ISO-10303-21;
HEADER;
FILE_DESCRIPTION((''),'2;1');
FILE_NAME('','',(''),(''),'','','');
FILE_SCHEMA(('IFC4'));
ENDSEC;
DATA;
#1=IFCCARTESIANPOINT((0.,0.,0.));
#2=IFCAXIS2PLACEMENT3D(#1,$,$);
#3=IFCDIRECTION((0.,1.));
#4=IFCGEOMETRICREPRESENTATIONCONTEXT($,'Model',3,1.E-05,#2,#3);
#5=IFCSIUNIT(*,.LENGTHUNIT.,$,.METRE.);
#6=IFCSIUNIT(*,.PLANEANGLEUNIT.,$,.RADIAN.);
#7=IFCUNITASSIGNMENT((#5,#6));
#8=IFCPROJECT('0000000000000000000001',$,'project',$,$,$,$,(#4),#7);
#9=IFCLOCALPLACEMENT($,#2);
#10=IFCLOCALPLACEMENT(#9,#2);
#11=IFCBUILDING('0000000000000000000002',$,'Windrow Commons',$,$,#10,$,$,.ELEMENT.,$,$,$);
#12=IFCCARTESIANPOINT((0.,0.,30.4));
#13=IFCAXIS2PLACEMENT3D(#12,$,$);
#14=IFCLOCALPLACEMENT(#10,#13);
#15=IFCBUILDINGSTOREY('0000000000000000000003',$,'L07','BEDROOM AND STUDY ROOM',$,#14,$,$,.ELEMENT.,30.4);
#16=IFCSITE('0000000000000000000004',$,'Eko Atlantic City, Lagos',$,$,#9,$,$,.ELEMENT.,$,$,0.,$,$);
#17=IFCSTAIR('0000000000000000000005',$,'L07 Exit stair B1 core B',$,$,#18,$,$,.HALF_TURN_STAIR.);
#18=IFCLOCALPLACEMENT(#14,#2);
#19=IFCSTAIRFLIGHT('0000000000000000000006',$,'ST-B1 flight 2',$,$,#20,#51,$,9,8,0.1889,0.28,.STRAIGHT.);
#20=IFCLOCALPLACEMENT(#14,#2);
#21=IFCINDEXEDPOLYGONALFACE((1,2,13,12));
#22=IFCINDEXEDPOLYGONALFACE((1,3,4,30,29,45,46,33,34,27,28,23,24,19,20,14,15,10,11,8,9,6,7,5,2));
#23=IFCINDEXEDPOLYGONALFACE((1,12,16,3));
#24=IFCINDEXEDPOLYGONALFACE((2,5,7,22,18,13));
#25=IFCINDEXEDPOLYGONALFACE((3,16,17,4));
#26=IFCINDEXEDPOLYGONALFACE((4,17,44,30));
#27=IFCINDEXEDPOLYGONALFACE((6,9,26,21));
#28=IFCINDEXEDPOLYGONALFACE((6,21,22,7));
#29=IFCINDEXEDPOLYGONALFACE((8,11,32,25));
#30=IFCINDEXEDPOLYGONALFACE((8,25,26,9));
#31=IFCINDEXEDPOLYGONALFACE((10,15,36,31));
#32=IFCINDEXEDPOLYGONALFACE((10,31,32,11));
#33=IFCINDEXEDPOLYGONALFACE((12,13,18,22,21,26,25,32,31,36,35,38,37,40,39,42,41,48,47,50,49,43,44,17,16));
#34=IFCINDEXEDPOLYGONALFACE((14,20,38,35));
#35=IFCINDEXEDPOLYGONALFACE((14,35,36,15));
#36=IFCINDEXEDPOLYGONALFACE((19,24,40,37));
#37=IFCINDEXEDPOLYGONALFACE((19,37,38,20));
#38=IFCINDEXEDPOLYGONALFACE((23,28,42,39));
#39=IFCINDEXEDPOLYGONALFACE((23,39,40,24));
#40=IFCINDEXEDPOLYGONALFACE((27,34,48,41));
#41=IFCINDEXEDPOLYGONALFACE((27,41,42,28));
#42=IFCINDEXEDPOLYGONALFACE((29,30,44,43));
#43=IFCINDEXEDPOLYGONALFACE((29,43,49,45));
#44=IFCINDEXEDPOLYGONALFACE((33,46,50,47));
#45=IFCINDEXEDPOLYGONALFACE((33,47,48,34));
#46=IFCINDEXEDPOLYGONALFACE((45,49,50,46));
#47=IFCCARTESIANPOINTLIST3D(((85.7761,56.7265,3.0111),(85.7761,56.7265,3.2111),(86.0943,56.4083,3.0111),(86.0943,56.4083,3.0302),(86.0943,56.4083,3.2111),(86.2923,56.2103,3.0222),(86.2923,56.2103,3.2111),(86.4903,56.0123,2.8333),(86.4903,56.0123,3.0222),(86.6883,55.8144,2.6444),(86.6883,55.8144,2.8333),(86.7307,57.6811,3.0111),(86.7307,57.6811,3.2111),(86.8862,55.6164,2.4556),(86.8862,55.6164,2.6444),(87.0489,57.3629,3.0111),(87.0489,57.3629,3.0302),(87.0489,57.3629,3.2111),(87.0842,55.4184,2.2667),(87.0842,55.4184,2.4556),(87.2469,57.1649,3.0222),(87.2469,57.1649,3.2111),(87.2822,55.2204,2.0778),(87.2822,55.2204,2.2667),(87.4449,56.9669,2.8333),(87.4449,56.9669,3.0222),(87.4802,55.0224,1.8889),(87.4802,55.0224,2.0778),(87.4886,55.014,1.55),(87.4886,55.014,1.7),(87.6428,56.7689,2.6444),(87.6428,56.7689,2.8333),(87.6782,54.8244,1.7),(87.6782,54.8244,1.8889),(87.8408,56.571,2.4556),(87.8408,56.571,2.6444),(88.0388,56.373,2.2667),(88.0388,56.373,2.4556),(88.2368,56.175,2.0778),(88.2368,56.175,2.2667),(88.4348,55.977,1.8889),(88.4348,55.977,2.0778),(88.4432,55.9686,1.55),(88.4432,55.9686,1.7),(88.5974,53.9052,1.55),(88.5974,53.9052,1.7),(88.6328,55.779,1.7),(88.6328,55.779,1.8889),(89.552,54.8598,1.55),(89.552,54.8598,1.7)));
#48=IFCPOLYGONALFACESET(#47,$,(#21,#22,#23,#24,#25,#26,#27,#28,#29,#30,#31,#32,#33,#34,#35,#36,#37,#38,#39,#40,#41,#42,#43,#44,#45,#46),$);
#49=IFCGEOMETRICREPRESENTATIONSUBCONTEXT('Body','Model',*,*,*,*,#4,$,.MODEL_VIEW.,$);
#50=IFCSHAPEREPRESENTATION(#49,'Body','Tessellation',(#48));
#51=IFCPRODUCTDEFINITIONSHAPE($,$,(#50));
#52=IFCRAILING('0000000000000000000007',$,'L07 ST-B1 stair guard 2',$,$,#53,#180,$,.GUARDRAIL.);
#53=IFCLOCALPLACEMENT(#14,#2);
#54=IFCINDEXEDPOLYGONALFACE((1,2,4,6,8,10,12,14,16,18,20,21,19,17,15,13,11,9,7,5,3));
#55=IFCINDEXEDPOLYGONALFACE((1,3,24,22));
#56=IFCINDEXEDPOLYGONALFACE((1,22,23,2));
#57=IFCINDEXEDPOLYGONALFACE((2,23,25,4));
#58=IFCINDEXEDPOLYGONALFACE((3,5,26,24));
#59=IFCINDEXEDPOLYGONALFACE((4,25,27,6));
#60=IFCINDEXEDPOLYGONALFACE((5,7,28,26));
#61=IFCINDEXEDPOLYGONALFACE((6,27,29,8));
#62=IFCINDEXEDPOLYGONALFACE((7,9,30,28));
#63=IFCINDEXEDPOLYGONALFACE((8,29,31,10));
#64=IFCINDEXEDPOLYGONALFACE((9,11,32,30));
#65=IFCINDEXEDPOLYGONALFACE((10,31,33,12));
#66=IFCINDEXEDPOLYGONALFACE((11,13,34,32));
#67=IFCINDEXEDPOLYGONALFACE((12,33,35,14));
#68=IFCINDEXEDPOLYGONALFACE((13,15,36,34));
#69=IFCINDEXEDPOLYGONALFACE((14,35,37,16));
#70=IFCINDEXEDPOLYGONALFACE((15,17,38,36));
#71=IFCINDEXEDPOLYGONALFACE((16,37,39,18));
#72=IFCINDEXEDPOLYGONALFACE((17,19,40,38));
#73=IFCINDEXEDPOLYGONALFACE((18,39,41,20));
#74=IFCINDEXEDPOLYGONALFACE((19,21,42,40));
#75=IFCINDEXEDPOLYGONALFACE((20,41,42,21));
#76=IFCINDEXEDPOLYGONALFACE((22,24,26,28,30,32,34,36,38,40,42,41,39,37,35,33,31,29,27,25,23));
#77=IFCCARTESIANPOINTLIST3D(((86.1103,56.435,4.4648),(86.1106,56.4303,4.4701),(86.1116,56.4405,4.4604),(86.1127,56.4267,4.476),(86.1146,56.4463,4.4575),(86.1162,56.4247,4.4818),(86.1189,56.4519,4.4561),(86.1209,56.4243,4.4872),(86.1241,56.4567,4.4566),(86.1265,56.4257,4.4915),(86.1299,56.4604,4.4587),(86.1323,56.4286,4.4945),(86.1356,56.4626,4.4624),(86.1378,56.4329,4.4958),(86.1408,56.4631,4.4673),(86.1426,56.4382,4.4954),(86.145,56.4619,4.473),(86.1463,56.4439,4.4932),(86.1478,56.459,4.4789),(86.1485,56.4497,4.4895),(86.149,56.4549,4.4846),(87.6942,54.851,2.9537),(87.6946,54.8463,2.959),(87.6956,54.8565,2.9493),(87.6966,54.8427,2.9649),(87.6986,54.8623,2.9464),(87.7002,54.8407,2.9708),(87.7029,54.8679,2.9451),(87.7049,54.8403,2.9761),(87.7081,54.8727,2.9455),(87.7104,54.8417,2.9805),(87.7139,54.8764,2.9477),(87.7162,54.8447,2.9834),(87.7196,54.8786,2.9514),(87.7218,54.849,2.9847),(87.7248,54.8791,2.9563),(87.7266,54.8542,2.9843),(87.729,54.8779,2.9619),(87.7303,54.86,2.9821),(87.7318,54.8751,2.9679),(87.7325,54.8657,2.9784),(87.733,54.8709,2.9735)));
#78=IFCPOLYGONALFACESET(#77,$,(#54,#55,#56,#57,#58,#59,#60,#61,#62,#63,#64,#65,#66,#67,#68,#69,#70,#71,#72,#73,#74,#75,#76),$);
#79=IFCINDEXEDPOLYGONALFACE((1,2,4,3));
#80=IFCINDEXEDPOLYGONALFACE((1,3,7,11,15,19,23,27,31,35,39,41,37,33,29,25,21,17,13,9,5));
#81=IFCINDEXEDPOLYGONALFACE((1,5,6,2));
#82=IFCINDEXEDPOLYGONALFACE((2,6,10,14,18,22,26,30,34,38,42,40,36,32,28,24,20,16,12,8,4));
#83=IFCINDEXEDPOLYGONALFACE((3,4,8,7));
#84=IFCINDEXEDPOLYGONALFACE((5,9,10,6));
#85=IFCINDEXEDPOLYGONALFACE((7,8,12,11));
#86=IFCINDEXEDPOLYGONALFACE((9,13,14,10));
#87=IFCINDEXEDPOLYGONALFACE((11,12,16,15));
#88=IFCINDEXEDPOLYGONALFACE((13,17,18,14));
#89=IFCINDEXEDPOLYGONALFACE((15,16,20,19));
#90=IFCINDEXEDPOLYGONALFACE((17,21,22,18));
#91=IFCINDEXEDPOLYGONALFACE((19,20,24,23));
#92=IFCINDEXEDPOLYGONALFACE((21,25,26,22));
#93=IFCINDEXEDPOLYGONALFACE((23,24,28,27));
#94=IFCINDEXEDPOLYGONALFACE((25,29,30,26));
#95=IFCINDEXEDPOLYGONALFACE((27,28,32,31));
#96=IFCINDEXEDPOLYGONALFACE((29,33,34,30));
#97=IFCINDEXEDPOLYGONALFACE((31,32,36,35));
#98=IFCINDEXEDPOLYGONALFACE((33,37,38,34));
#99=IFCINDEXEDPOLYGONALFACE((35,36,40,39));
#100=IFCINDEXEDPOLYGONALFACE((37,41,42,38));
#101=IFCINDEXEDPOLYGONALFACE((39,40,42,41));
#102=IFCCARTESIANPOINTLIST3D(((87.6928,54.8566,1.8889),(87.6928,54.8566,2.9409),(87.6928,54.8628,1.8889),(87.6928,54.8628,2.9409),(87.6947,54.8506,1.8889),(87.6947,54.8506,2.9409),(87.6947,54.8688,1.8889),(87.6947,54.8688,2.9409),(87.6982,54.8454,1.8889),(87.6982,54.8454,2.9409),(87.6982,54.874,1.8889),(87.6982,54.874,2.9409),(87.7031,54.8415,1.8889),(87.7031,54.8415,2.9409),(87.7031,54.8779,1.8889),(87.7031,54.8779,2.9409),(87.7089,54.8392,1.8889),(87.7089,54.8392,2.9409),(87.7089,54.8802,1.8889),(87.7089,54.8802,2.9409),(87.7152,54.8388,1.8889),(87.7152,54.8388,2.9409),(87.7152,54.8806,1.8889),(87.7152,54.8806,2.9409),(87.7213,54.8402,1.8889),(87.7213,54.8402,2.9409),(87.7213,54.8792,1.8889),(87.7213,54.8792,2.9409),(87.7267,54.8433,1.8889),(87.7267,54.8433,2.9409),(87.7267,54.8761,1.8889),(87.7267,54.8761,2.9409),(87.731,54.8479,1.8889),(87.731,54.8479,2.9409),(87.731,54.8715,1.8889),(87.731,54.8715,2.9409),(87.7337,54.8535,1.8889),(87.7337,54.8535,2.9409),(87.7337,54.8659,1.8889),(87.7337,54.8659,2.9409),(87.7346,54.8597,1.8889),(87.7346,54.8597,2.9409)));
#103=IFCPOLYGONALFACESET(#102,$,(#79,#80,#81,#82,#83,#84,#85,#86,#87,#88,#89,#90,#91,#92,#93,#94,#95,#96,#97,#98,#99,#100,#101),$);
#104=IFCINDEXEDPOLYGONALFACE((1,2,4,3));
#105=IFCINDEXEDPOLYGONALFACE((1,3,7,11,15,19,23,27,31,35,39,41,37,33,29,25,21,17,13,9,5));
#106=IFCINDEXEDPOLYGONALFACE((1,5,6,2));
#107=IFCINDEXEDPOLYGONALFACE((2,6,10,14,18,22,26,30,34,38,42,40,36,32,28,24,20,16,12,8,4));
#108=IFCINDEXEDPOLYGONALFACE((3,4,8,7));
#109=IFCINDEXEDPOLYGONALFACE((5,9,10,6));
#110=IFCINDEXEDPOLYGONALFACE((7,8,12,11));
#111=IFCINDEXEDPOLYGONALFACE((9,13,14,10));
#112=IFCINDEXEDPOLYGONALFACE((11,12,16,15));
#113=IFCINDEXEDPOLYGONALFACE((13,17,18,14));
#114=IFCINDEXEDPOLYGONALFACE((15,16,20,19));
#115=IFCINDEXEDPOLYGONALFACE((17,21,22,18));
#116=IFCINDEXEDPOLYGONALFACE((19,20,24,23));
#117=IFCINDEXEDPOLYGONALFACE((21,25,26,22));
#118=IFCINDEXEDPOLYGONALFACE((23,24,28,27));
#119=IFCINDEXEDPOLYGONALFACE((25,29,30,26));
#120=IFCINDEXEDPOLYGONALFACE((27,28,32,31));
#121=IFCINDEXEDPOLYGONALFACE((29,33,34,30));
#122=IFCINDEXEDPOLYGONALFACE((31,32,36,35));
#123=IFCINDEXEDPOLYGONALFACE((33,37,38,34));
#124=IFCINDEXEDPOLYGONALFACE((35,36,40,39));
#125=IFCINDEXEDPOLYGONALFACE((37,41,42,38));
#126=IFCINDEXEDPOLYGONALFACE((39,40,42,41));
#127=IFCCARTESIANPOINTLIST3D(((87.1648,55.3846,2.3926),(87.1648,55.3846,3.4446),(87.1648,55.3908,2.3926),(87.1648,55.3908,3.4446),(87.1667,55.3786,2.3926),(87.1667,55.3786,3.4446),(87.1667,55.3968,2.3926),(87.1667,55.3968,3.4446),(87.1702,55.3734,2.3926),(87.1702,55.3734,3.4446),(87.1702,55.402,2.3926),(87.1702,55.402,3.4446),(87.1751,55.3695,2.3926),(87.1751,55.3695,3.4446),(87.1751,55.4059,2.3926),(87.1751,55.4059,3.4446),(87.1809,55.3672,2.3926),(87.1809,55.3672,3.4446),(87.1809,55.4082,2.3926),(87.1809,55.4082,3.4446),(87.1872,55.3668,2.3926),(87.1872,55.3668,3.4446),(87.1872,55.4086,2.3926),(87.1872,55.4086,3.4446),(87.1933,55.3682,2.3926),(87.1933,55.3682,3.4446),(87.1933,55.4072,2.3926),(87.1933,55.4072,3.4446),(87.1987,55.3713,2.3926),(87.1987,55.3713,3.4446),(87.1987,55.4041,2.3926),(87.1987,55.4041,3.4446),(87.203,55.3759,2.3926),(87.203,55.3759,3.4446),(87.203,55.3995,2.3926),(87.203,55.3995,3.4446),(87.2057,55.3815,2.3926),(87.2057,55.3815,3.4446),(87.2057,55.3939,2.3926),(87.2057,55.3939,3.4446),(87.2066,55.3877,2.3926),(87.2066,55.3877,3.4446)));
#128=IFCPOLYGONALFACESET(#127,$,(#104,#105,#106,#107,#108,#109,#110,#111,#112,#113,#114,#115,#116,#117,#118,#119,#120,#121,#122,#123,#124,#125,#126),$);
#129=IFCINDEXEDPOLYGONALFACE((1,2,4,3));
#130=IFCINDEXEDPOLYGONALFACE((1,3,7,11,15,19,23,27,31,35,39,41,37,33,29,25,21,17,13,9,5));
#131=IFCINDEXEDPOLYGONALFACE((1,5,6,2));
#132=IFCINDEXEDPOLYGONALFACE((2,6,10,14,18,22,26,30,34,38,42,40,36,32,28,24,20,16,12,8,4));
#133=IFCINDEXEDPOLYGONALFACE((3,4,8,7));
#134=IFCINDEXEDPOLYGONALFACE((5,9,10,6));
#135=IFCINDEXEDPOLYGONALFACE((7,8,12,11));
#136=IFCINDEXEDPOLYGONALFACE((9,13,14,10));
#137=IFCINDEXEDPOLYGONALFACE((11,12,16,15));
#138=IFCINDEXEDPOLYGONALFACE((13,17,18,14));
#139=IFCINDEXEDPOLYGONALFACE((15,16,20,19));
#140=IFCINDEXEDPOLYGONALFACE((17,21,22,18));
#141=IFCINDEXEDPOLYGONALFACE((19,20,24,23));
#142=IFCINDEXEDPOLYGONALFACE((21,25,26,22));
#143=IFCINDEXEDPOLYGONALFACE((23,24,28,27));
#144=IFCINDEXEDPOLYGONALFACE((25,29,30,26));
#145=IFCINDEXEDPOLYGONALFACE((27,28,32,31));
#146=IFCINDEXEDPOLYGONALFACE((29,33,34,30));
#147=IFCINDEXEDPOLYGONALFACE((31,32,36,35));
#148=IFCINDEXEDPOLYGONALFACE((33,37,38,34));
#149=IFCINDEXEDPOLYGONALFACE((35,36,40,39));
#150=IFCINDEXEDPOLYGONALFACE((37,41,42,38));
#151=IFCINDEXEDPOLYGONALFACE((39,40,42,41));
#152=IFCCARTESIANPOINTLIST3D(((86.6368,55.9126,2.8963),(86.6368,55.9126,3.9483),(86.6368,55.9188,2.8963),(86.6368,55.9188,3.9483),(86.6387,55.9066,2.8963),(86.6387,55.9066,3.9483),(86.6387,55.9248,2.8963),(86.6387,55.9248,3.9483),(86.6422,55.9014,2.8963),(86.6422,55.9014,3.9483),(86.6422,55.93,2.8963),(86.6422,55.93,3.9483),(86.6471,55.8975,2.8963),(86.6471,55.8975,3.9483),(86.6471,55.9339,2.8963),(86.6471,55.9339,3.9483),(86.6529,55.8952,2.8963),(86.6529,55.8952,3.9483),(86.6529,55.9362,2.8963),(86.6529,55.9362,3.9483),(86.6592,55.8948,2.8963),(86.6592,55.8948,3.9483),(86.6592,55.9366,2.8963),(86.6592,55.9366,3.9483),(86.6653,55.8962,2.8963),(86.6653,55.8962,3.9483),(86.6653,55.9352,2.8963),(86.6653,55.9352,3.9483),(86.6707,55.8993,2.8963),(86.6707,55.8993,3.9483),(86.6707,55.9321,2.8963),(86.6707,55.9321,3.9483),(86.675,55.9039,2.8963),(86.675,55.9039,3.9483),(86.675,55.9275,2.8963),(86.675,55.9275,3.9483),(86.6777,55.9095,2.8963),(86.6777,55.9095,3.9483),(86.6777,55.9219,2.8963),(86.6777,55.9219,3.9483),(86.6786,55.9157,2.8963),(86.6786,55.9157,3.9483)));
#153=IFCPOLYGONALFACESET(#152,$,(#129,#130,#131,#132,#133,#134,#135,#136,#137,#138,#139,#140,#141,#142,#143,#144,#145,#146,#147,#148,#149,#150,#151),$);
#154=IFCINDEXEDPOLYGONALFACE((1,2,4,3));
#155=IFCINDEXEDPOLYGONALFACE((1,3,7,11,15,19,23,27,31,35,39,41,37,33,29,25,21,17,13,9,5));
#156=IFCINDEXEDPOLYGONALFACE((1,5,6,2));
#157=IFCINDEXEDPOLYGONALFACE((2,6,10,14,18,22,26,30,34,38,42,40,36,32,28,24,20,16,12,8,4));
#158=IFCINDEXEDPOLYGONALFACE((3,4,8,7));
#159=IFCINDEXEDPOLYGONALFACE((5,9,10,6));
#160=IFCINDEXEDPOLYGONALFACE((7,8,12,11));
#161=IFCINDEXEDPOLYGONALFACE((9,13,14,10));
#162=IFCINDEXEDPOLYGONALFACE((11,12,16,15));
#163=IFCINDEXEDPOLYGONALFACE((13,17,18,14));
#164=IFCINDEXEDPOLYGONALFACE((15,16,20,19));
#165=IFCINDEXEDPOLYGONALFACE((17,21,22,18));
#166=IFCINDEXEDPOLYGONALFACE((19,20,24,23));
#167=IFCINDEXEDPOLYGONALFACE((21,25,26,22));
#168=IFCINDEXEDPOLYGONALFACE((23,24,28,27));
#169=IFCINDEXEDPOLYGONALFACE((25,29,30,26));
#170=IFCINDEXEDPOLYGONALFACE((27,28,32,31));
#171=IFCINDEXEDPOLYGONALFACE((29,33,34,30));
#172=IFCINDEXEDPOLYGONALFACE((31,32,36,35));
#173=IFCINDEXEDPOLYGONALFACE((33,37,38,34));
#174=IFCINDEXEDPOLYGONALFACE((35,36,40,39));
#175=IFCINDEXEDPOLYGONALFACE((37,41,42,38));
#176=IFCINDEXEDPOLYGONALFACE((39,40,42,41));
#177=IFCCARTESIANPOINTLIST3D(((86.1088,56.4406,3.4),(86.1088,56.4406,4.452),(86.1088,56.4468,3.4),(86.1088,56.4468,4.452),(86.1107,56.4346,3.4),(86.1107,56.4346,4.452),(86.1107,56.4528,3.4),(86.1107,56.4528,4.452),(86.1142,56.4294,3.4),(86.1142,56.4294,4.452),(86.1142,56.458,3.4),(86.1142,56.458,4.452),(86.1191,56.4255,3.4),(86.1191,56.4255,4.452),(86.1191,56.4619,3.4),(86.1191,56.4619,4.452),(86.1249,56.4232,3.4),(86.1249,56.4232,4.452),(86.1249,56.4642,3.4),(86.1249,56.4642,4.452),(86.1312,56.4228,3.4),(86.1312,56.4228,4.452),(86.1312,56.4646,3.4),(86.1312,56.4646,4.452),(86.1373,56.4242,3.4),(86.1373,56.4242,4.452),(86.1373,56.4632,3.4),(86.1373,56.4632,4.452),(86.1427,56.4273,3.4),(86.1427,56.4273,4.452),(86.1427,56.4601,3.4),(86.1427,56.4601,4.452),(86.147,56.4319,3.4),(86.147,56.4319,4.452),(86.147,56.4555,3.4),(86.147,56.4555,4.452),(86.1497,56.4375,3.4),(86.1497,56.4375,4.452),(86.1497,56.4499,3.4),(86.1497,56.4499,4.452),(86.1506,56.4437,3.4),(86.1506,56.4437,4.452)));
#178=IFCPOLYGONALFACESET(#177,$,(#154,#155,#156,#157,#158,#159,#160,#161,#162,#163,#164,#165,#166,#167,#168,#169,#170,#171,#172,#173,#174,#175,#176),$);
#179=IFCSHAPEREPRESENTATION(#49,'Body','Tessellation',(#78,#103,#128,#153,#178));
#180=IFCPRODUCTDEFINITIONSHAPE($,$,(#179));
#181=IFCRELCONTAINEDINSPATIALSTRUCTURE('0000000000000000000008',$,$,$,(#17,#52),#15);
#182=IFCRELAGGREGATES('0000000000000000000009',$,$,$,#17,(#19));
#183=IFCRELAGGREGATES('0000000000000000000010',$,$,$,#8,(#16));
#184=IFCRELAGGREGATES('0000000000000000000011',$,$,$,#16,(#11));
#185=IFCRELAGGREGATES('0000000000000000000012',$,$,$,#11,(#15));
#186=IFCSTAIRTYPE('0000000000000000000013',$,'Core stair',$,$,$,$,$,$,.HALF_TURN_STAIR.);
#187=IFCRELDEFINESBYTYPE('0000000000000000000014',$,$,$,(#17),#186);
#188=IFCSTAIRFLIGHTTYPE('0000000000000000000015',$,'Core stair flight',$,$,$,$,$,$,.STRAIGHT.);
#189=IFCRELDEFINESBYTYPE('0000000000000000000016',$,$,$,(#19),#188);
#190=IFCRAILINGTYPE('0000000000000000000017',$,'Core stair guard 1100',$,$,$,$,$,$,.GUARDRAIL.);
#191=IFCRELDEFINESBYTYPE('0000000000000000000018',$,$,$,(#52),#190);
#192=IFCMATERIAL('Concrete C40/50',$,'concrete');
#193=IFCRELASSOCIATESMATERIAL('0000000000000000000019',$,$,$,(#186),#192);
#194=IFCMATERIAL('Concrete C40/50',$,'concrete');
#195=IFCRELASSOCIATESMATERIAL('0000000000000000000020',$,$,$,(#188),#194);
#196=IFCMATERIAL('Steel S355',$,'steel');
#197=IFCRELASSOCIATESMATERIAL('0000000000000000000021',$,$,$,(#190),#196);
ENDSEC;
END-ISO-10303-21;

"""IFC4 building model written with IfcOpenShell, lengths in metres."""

from ifc_helpers import new_model, si_unit, direction, frame, origin, origin_2d, place, context, subcontext, project, spatial, polyline, circle, outline, extrude, material, type_object, element, aggregate, save


model = new_model("IFC4")

# Units and contexts
model_context = context("Model", 3, precision=1e-05, world=origin(), true_north=direction((0.0, 1.0)))
body_context = subcontext(model_context, "Body", "Model", "MODEL_VIEW")
ifc_project = project(units=[si_unit("LENGTHUNIT", "METRE"), si_unit("PLANEANGLEUNIT", "RADIAN")], contexts=[model_context])

# Site, building, storey
site_placement = place(None, origin())
site = spatial("IfcSite", under=ifc_project, at=site_placement, Name="Eko Atlantic City, Lagos", CompositionType="ELEMENT", RefElevation=0.0)
building_placement = place(site_placement, origin())
building = spatial("IfcBuilding", under=site, at=building_placement, Name="Windrow Commons", CompositionType="ELEMENT")
storey_placement = place(building_placement, frame((0.0, 0.0, 30.4)))
storey = spatial("IfcBuildingStorey", under=building, at=storey_placement, Name="L07", Description="BEDROOM AND STUDY ROOM", CompositionType="ELEMENT", Elevation=30.4)

# Stair, stair flight
ifc_material_1 = material(Name="Concrete C40/50", Category="concrete")
stair_type = type_object("IfcStairType", Name="Core stair", PredefinedType="HALF_TURN_STAIR", material=ifc_material_1)
stair_placement = place(storey_placement, origin())
stair = element("IfcStair", 1, at=stair_placement, inside=storey, type_object=stair_type, Name="L07 Exit stair B1 core B", PredefinedType="HALF_TURN_STAIR")
ifc_material_2 = material(Name="Concrete C40/50", Category="concrete")
stair_flight_type = type_object("IfcStairFlightType", Name="Core stair flight", PredefinedType="STRAIGHT", material=ifc_material_2)
stair_flight_placement = place(storey_placement, frame((88.1555, 55.3017, 1.7), z_axis=(0.0, 0.0, 1.0), x_axis=(-0.707107, 0.707107, 0.0)))
stair_flight = element("IfcStairFlight", 2, at=stair_flight_placement, type_object=stair_flight_type, Name="ST-B1 flight 2", NumberOfRisers=9, NumberOfTreads=8, PredefinedType="STRAIGHT", RiserHeight=0.1889, TreadLength=0.28, context=body_context, shape_type="SweptSolid", body=[
    extrude(outline(polyline([(-1.3, -0.15), (-1.3, 0.0), (0.0, 0.0), (0.0, 0.1889), (0.28, 0.1889), (0.28, 0.3778), (0.56, 0.3778), (0.56, 0.5667), (0.84, 0.5667), (0.84, 0.7556), (1.12, 0.7556), (1.12, 0.9444), (1.4, 0.9444), (1.4, 1.1333), (1.68, 1.1333), (1.68, 1.3222), (1.96, 1.3222), (1.96, 1.5111), (2.24, 1.5111), (2.69, 1.5111), (2.69, 1.3111), (2.24, 1.3111), (2.24, 1.3302), (0.2682, 0.0), (0.2682, -0.15), (-1.3, -0.15)])), frame((0.0, 0.675, 0.0), z_axis=(0.0, -1.0, 0.0), x_axis=(1.0, 0.0, 0.0)), (0.0, 0.0, 1.0), 1.35),
])
aggregate(stair, [stair_flight])

# Railing
ifc_material_3 = material(Name="Steel S355", Category="steel")
railing_type = type_object("IfcRailingType", Name="Core stair guard 1100", PredefinedType="GUARDRAIL", material=ifc_material_3)
railing_1_placement = place(storey_placement, frame((87.7136, 54.8597, 1.8889)))
element("IfcRailing", 3, at=railing_1_placement, inside=storey, type_object=railing_type, Name="L07 ST-B1 stair guard 2", PredefinedType="GUARDRAIL", context=body_context, shape_type="SweptSolid", body=[
    extrude(circle(Radius=0.024, at=origin_2d()), frame((0.0, 0.0, 1.076), z_axis=(-0.586203, 0.586203, 0.559224), x_axis=(-0.707107, -0.707107, 0.0)), (0.0, 0.0, 1.0), 2.7021),
    extrude(circle(Radius=0.021, at=origin_2d()), origin(), (0.0, 0.0, 1.0), 1.052),
    extrude(circle(Radius=0.021, at=origin_2d()), frame((-0.528, 0.528, 0.5037)), (0.0, 0.0, 1.0), 1.052),
    extrude(circle(Radius=0.021, at=origin_2d()), frame((-1.056, 1.056, 1.0074)), (0.0, 0.0, 1.0), 1.052),
    extrude(circle(Radius=0.021, at=origin_2d()), frame((-1.584, 1.584, 1.5111)), (0.0, 0.0, 1.0), 1.052),
])

save(model, "model.ifc")
